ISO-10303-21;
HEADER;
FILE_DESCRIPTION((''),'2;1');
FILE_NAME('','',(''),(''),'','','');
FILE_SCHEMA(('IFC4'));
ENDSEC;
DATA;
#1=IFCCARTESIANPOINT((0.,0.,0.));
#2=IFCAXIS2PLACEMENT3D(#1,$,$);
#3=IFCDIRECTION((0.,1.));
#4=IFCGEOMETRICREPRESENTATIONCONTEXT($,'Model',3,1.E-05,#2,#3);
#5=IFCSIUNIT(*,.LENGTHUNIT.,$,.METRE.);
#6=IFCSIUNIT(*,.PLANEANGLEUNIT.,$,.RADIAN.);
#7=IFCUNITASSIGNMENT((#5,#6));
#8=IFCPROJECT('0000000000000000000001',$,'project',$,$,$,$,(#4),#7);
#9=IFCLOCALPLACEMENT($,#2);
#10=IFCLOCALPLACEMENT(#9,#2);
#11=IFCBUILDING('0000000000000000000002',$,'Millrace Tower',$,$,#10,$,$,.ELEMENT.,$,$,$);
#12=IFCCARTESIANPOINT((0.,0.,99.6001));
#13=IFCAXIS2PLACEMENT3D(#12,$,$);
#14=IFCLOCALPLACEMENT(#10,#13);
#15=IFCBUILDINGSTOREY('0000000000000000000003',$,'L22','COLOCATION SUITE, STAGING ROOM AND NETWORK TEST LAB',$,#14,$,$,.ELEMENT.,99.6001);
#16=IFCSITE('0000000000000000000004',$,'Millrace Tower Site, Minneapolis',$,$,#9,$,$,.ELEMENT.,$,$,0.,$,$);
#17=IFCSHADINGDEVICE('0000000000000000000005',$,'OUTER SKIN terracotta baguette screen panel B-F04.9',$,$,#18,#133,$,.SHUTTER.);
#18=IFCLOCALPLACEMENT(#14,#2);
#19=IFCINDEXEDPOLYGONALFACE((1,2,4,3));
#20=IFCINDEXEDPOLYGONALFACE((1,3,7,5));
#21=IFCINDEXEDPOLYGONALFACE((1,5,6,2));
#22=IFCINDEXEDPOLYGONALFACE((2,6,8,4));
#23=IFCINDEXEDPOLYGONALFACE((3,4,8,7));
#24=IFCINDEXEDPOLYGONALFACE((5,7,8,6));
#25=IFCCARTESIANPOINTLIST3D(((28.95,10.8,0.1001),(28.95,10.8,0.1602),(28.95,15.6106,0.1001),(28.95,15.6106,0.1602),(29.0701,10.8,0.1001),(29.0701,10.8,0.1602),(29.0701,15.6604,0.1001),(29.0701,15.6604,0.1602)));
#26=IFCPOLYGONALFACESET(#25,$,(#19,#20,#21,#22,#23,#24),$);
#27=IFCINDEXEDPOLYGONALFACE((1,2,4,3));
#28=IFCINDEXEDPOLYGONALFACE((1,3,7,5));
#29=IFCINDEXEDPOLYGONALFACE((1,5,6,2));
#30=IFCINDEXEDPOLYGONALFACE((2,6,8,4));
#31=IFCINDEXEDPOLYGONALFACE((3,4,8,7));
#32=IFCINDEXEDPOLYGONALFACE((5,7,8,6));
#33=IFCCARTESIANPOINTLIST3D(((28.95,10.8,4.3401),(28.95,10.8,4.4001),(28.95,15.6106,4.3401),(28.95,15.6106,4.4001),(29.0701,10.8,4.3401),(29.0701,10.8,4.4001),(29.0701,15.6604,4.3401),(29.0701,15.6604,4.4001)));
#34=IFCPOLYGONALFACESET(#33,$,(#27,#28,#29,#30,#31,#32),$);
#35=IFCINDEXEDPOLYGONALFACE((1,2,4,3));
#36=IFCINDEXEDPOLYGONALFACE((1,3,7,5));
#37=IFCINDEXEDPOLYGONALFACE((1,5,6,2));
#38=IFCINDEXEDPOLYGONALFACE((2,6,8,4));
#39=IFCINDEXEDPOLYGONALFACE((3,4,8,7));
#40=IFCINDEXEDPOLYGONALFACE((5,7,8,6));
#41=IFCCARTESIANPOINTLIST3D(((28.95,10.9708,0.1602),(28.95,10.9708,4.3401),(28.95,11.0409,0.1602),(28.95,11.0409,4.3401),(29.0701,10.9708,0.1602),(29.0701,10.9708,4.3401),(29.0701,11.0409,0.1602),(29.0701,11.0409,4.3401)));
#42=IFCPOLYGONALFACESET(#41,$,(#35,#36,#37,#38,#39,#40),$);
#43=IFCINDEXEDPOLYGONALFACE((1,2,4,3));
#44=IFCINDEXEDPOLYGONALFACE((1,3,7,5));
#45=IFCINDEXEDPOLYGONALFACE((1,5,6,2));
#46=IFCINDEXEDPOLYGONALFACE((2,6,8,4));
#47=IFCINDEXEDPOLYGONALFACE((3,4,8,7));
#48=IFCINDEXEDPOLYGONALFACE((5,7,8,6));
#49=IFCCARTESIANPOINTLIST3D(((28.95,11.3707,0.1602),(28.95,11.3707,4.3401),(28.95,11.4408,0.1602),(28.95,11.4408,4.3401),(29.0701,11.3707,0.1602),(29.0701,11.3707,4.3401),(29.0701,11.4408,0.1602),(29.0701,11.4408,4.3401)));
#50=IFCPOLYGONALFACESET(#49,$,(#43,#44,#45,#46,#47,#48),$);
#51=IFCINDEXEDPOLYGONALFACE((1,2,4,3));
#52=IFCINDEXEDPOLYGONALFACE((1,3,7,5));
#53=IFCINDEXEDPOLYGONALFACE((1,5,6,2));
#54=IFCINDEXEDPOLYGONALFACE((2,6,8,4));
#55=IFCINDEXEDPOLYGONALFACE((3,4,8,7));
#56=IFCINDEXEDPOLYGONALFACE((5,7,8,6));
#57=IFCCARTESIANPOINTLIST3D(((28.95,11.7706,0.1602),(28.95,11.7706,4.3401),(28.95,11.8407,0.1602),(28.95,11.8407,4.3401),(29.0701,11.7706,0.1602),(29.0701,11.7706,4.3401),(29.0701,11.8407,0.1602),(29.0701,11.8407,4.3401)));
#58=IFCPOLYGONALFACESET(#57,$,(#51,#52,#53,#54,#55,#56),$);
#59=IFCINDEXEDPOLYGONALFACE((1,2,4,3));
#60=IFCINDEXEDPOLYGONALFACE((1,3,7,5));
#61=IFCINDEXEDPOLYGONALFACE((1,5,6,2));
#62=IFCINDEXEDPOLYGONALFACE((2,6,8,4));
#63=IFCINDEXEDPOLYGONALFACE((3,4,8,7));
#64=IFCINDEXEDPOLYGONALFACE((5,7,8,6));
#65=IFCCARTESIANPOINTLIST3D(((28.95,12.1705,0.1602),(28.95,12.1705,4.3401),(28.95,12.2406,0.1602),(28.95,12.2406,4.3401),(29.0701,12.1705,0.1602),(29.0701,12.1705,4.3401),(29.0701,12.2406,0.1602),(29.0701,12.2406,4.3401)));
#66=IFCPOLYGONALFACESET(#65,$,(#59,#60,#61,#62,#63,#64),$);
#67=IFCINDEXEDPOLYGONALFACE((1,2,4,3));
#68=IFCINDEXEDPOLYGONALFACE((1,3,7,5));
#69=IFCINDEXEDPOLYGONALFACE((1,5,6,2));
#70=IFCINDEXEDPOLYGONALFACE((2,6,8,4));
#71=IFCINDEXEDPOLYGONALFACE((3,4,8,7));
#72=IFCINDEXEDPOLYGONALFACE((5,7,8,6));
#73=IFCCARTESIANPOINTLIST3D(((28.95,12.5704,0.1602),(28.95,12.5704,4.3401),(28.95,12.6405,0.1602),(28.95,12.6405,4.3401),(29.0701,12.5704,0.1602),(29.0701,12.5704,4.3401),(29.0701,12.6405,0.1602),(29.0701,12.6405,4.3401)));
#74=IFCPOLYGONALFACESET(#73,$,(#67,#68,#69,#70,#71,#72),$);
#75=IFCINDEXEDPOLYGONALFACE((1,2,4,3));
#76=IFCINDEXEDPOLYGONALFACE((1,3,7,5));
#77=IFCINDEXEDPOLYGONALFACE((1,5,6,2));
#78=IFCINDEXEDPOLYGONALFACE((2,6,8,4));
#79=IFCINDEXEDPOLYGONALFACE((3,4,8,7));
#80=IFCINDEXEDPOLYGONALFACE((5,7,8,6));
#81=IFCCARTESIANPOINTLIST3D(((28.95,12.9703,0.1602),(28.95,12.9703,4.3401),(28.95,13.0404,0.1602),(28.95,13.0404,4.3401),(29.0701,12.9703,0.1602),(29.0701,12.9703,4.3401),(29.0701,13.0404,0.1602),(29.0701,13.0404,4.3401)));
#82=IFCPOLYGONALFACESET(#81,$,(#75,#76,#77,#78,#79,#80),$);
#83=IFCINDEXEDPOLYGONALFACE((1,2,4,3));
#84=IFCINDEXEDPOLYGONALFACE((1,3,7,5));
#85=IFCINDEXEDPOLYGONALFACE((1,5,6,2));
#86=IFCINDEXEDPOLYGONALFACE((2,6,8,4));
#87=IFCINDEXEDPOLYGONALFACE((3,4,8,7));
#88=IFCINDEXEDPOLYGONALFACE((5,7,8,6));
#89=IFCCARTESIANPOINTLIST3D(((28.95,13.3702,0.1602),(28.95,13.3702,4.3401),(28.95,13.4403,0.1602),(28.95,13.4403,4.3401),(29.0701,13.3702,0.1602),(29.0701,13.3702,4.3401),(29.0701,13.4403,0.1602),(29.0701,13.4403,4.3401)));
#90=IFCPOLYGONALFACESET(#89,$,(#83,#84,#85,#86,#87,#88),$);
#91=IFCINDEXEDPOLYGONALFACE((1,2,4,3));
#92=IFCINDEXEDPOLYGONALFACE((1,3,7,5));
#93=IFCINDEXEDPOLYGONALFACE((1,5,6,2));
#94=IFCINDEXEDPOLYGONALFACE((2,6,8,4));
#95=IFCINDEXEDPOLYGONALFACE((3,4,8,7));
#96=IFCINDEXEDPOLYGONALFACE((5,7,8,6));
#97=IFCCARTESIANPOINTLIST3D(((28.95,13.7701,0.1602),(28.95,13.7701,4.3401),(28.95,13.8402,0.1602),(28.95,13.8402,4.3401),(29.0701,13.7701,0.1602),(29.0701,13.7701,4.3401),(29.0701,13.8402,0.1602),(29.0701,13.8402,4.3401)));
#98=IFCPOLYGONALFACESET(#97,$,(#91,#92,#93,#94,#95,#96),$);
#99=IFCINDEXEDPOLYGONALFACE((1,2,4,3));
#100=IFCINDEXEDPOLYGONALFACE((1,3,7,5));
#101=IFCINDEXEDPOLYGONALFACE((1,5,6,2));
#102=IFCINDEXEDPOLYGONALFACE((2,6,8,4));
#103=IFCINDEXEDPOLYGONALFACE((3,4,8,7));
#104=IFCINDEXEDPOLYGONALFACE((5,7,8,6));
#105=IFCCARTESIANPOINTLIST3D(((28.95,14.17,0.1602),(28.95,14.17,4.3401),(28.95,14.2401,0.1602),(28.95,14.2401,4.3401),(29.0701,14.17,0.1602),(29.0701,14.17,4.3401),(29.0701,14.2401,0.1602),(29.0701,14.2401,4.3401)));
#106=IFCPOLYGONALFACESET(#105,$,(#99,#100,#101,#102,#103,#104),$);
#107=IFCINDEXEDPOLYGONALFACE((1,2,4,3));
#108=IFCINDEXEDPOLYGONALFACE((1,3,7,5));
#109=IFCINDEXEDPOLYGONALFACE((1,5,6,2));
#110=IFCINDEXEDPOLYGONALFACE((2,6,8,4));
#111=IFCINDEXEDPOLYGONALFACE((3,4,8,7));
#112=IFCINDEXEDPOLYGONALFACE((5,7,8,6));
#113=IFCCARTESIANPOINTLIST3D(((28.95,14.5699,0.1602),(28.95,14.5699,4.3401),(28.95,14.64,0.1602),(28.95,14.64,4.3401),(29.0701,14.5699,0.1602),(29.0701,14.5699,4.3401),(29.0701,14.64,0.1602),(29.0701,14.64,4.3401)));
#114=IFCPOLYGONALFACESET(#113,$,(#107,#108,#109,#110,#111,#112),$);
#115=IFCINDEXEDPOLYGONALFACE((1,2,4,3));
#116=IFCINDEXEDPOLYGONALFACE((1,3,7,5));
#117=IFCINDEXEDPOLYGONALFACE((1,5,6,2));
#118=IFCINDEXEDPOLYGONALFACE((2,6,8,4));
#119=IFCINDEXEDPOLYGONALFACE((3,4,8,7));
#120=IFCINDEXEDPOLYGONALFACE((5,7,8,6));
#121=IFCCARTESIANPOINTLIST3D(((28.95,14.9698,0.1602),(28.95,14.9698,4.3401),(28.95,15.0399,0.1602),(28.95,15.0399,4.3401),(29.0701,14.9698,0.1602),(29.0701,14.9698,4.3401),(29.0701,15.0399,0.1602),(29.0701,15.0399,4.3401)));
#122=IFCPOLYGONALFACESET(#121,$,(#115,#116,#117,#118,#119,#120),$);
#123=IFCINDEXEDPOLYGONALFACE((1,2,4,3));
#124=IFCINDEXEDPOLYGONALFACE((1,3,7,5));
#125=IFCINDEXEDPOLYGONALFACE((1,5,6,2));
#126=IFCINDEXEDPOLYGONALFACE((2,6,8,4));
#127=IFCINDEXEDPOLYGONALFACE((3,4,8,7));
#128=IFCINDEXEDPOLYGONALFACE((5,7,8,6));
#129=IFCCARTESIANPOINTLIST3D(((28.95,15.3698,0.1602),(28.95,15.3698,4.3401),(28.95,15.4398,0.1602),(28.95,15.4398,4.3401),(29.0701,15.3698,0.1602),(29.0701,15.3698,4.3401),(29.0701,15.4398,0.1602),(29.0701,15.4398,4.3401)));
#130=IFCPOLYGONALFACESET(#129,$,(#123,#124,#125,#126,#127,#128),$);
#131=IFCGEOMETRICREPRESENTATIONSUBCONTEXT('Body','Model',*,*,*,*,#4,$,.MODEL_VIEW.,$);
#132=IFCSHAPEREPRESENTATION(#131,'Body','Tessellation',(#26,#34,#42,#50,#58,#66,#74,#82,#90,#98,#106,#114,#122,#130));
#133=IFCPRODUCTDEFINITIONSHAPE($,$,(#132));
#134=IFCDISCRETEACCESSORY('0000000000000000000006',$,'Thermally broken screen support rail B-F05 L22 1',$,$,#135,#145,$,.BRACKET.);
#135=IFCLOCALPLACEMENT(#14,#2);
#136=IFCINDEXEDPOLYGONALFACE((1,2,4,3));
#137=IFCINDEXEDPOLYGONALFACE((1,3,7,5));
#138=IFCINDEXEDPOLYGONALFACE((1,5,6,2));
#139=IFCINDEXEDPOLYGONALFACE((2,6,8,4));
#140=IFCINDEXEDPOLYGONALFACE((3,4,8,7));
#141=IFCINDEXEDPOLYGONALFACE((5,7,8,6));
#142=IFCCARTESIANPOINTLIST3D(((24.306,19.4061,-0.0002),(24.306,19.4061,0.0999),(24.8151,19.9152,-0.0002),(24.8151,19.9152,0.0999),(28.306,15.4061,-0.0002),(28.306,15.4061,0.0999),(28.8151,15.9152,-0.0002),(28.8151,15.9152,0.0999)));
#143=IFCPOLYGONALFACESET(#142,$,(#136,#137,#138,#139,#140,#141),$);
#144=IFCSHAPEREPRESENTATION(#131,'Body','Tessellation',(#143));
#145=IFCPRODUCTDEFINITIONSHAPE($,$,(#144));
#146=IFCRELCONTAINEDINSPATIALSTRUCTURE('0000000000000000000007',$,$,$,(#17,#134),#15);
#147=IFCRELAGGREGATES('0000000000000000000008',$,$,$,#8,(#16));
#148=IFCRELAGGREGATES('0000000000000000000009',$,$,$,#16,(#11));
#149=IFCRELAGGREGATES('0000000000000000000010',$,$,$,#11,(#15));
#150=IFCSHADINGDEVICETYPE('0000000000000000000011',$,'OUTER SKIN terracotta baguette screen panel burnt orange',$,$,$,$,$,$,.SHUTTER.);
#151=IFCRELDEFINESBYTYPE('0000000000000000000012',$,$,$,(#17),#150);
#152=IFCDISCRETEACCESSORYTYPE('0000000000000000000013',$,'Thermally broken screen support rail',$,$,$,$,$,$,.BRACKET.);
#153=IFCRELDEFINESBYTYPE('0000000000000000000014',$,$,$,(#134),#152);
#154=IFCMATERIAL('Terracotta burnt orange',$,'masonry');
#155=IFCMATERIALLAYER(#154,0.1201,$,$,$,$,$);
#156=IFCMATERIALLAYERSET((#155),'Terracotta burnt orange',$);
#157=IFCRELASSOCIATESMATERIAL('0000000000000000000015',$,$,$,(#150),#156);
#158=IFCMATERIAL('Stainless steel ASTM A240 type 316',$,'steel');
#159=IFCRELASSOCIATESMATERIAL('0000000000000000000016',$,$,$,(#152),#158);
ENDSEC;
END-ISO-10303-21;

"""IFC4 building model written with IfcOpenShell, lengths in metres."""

from ifc_helpers import new_model, entity, si_unit, direction, frame, frame_2d, origin, origin_2d, place, context, subcontext, project, spatial, rectangle, extrude, source, transform, mapped, material, layer, layer_set, type_object, element, save


model = new_model("IFC4")

# Units and contexts
model_context = context("Model", 3, precision=1e-05, world=origin(), true_north=direction((0.0, 1.0)))
body_context = subcontext(model_context, "Body", "Model", "MODEL_VIEW")
ifc_project = project(units=[si_unit("LENGTHUNIT", "METRE"), si_unit("PLANEANGLEUNIT", "RADIAN")], contexts=[model_context])

# Site, building, storey
site_placement = place(None, origin())
site = spatial("IfcSite", under=ifc_project, at=site_placement, Name="Millrace Tower Site, Minneapolis", CompositionType="ELEMENT", RefElevation=0.0)
building_placement = place(site_placement, origin())
building = spatial("IfcBuilding", under=site, at=building_placement, Name="Millrace Tower", CompositionType="ELEMENT")
storey_placement = place(building_placement, frame((0.0, 0.0, 99.6001)))
storey = spatial("IfcBuildingStorey", under=building, at=storey_placement, Name="L22", Description="COLOCATION SUITE, STAGING ROOM AND NETWORK TEST LAB", CompositionType="ELEMENT", Elevation=99.6001)

# Shading device
ifc_material_1 = material(Name="Terracotta burnt orange", Category="masonry")
ifc_layer_1 = layer(ifc_material_1, 0.1201)
ifc_layer_set_1 = layer_set([ifc_layer_1], Name="Terracotta burnt orange")
shading_device_type = type_object("IfcShadingDeviceType", Name="OUTER SKIN terracotta baguette screen panel burnt orange", PredefinedType="SHUTTER", material=ifc_layer_set_1)
cartesian_point_1 = entity("IfcCartesianPoint", [-2.4177, 0.0601])
shared_polyline_1 = entity("IfcPolyline", [cartesian_point_1, entity("IfcCartesianPoint", [2.3928, 0.0601]), entity("IfcCartesianPoint", [2.4426, -0.0601]), entity("IfcCartesianPoint", [-2.4177, -0.0601]), cartesian_point_1])
shared_shape_1 = source(origin(), body_context, "Body", "SweptSolid", [
    entity("IfcExtrudedAreaSolid", entity("IfcArbitraryClosedProfileDef", "AREA", None, shared_polyline_1), entity("IfcAxis2Placement3D", entity("IfcCartesianPoint", [0.0, 0.0, 0.0])), entity("IfcDirection", [0.0, 0.0, 1.0]), 0.0601),
    entity("IfcExtrudedAreaSolid", entity("IfcArbitraryClosedProfileDef", "AREA", None, shared_polyline_1), entity("IfcAxis2Placement3D", entity("IfcCartesianPoint", [0.0, 0.0, 4.24])), entity("IfcDirection", [0.0, 0.0, 1.0]), 0.0601),
    extrude(rectangle(XDim=0.0701, YDim=0.1201, at=frame_2d((-2.2119, 0.0))), frame((0.0, 0.0, 0.0601)), (0.0, 0.0, 1.0), 4.1799),
    extrude(rectangle(XDim=0.0701, YDim=0.1201, at=frame_2d((-1.812, 0.0))), frame((0.0, 0.0, 0.0601)), (0.0, 0.0, 1.0), 4.1799),
    extrude(rectangle(XDim=0.0701, YDim=0.1201, at=frame_2d((-1.4121, 0.0))), frame((0.0, 0.0, 0.0601)), (0.0, 0.0, 1.0), 4.1799),
    extrude(rectangle(XDim=0.0701, YDim=0.1201, at=frame_2d((-1.0122, 0.0))), frame((0.0, 0.0, 0.0601)), (0.0, 0.0, 1.0), 4.1799),
    extrude(rectangle(XDim=0.0701, YDim=0.1201, at=frame_2d((-0.6123, 0.0))), frame((0.0, 0.0, 0.0601)), (0.0, 0.0, 1.0), 4.1799),
    extrude(rectangle(XDim=0.0701, YDim=0.1201, at=frame_2d((-0.2124, 0.0))), frame((0.0, 0.0, 0.0601)), (0.0, 0.0, 1.0), 4.1799),
    extrude(rectangle(XDim=0.0701, YDim=0.1201, at=frame_2d((0.1875, 0.0))), frame((0.0, 0.0, 0.0601)), (0.0, 0.0, 1.0), 4.1799),
    extrude(rectangle(XDim=0.0701, YDim=0.1201, at=frame_2d((0.5874, 0.0))), frame((0.0, 0.0, 0.0601)), (0.0, 0.0, 1.0), 4.1799),
    extrude(rectangle(XDim=0.0701, YDim=0.1201, at=frame_2d((0.9873, 0.0))), frame((0.0, 0.0, 0.0601)), (0.0, 0.0, 1.0), 4.1799),
    extrude(rectangle(XDim=0.0701, YDim=0.1201, at=frame_2d((1.3872, 0.0))), frame((0.0, 0.0, 0.0601)), (0.0, 0.0, 1.0), 4.1799),
    extrude(rectangle(XDim=0.0701, YDim=0.1201, at=frame_2d((1.7871, 0.0))), frame((0.0, 0.0, 0.0601)), (0.0, 0.0, 1.0), 4.1799),
    extrude(rectangle(XDim=0.0701, YDim=0.1201, at=frame_2d((2.187, 0.0))), frame((0.0, 0.0, 0.0601)), (0.0, 0.0, 1.0), 4.1799),
])
shading_device_1_placement = place(storey_placement, frame((29.01, 13.2178, 0.1001), z_axis=(0.0, 0.0, 1.0), x_axis=(0.0, 1.0, 0.0)))
element("IfcShadingDevice", 1, at=shading_device_1_placement, inside=storey, type_object=shading_device_type, Name="OUTER SKIN terracotta baguette screen panel B-F04.9", PredefinedType="SHUTTER", context=body_context, shape_type="MappedRepresentation", body=[
    mapped(shared_shape_1, transform((0.0, 0.0, 0.0), scale=1.0)),
])

# Discrete accessory
ifc_material_2 = material(Name="Stainless steel ASTM A240 type 316", Category="steel")
discrete_accessory_type = type_object("IfcDiscreteAccessoryType", Name="Thermally broken screen support rail", PredefinedType="BRACKET", material=ifc_material_2)
discrete_accessory_placement = place(storey_placement, frame((26.5605, 17.6606, -0.0002), z_axis=(0.0, 0.0, 1.0), x_axis=(-0.707107, 0.707107, 0.0)))
element("IfcDiscreteAccessory", 2, at=discrete_accessory_placement, inside=storey, type_object=discrete_accessory_type, Name="Thermally broken screen support rail B-F05 L22 1", PredefinedType="BRACKET", context=body_context, shape_type="SweptSolid", body=[
    extrude(rectangle(XDim=5.6567, YDim=0.72, at=origin_2d()), origin(), (0.0, 0.0, 1.0), 0.1001),
])

save(model, "model.ifc")
